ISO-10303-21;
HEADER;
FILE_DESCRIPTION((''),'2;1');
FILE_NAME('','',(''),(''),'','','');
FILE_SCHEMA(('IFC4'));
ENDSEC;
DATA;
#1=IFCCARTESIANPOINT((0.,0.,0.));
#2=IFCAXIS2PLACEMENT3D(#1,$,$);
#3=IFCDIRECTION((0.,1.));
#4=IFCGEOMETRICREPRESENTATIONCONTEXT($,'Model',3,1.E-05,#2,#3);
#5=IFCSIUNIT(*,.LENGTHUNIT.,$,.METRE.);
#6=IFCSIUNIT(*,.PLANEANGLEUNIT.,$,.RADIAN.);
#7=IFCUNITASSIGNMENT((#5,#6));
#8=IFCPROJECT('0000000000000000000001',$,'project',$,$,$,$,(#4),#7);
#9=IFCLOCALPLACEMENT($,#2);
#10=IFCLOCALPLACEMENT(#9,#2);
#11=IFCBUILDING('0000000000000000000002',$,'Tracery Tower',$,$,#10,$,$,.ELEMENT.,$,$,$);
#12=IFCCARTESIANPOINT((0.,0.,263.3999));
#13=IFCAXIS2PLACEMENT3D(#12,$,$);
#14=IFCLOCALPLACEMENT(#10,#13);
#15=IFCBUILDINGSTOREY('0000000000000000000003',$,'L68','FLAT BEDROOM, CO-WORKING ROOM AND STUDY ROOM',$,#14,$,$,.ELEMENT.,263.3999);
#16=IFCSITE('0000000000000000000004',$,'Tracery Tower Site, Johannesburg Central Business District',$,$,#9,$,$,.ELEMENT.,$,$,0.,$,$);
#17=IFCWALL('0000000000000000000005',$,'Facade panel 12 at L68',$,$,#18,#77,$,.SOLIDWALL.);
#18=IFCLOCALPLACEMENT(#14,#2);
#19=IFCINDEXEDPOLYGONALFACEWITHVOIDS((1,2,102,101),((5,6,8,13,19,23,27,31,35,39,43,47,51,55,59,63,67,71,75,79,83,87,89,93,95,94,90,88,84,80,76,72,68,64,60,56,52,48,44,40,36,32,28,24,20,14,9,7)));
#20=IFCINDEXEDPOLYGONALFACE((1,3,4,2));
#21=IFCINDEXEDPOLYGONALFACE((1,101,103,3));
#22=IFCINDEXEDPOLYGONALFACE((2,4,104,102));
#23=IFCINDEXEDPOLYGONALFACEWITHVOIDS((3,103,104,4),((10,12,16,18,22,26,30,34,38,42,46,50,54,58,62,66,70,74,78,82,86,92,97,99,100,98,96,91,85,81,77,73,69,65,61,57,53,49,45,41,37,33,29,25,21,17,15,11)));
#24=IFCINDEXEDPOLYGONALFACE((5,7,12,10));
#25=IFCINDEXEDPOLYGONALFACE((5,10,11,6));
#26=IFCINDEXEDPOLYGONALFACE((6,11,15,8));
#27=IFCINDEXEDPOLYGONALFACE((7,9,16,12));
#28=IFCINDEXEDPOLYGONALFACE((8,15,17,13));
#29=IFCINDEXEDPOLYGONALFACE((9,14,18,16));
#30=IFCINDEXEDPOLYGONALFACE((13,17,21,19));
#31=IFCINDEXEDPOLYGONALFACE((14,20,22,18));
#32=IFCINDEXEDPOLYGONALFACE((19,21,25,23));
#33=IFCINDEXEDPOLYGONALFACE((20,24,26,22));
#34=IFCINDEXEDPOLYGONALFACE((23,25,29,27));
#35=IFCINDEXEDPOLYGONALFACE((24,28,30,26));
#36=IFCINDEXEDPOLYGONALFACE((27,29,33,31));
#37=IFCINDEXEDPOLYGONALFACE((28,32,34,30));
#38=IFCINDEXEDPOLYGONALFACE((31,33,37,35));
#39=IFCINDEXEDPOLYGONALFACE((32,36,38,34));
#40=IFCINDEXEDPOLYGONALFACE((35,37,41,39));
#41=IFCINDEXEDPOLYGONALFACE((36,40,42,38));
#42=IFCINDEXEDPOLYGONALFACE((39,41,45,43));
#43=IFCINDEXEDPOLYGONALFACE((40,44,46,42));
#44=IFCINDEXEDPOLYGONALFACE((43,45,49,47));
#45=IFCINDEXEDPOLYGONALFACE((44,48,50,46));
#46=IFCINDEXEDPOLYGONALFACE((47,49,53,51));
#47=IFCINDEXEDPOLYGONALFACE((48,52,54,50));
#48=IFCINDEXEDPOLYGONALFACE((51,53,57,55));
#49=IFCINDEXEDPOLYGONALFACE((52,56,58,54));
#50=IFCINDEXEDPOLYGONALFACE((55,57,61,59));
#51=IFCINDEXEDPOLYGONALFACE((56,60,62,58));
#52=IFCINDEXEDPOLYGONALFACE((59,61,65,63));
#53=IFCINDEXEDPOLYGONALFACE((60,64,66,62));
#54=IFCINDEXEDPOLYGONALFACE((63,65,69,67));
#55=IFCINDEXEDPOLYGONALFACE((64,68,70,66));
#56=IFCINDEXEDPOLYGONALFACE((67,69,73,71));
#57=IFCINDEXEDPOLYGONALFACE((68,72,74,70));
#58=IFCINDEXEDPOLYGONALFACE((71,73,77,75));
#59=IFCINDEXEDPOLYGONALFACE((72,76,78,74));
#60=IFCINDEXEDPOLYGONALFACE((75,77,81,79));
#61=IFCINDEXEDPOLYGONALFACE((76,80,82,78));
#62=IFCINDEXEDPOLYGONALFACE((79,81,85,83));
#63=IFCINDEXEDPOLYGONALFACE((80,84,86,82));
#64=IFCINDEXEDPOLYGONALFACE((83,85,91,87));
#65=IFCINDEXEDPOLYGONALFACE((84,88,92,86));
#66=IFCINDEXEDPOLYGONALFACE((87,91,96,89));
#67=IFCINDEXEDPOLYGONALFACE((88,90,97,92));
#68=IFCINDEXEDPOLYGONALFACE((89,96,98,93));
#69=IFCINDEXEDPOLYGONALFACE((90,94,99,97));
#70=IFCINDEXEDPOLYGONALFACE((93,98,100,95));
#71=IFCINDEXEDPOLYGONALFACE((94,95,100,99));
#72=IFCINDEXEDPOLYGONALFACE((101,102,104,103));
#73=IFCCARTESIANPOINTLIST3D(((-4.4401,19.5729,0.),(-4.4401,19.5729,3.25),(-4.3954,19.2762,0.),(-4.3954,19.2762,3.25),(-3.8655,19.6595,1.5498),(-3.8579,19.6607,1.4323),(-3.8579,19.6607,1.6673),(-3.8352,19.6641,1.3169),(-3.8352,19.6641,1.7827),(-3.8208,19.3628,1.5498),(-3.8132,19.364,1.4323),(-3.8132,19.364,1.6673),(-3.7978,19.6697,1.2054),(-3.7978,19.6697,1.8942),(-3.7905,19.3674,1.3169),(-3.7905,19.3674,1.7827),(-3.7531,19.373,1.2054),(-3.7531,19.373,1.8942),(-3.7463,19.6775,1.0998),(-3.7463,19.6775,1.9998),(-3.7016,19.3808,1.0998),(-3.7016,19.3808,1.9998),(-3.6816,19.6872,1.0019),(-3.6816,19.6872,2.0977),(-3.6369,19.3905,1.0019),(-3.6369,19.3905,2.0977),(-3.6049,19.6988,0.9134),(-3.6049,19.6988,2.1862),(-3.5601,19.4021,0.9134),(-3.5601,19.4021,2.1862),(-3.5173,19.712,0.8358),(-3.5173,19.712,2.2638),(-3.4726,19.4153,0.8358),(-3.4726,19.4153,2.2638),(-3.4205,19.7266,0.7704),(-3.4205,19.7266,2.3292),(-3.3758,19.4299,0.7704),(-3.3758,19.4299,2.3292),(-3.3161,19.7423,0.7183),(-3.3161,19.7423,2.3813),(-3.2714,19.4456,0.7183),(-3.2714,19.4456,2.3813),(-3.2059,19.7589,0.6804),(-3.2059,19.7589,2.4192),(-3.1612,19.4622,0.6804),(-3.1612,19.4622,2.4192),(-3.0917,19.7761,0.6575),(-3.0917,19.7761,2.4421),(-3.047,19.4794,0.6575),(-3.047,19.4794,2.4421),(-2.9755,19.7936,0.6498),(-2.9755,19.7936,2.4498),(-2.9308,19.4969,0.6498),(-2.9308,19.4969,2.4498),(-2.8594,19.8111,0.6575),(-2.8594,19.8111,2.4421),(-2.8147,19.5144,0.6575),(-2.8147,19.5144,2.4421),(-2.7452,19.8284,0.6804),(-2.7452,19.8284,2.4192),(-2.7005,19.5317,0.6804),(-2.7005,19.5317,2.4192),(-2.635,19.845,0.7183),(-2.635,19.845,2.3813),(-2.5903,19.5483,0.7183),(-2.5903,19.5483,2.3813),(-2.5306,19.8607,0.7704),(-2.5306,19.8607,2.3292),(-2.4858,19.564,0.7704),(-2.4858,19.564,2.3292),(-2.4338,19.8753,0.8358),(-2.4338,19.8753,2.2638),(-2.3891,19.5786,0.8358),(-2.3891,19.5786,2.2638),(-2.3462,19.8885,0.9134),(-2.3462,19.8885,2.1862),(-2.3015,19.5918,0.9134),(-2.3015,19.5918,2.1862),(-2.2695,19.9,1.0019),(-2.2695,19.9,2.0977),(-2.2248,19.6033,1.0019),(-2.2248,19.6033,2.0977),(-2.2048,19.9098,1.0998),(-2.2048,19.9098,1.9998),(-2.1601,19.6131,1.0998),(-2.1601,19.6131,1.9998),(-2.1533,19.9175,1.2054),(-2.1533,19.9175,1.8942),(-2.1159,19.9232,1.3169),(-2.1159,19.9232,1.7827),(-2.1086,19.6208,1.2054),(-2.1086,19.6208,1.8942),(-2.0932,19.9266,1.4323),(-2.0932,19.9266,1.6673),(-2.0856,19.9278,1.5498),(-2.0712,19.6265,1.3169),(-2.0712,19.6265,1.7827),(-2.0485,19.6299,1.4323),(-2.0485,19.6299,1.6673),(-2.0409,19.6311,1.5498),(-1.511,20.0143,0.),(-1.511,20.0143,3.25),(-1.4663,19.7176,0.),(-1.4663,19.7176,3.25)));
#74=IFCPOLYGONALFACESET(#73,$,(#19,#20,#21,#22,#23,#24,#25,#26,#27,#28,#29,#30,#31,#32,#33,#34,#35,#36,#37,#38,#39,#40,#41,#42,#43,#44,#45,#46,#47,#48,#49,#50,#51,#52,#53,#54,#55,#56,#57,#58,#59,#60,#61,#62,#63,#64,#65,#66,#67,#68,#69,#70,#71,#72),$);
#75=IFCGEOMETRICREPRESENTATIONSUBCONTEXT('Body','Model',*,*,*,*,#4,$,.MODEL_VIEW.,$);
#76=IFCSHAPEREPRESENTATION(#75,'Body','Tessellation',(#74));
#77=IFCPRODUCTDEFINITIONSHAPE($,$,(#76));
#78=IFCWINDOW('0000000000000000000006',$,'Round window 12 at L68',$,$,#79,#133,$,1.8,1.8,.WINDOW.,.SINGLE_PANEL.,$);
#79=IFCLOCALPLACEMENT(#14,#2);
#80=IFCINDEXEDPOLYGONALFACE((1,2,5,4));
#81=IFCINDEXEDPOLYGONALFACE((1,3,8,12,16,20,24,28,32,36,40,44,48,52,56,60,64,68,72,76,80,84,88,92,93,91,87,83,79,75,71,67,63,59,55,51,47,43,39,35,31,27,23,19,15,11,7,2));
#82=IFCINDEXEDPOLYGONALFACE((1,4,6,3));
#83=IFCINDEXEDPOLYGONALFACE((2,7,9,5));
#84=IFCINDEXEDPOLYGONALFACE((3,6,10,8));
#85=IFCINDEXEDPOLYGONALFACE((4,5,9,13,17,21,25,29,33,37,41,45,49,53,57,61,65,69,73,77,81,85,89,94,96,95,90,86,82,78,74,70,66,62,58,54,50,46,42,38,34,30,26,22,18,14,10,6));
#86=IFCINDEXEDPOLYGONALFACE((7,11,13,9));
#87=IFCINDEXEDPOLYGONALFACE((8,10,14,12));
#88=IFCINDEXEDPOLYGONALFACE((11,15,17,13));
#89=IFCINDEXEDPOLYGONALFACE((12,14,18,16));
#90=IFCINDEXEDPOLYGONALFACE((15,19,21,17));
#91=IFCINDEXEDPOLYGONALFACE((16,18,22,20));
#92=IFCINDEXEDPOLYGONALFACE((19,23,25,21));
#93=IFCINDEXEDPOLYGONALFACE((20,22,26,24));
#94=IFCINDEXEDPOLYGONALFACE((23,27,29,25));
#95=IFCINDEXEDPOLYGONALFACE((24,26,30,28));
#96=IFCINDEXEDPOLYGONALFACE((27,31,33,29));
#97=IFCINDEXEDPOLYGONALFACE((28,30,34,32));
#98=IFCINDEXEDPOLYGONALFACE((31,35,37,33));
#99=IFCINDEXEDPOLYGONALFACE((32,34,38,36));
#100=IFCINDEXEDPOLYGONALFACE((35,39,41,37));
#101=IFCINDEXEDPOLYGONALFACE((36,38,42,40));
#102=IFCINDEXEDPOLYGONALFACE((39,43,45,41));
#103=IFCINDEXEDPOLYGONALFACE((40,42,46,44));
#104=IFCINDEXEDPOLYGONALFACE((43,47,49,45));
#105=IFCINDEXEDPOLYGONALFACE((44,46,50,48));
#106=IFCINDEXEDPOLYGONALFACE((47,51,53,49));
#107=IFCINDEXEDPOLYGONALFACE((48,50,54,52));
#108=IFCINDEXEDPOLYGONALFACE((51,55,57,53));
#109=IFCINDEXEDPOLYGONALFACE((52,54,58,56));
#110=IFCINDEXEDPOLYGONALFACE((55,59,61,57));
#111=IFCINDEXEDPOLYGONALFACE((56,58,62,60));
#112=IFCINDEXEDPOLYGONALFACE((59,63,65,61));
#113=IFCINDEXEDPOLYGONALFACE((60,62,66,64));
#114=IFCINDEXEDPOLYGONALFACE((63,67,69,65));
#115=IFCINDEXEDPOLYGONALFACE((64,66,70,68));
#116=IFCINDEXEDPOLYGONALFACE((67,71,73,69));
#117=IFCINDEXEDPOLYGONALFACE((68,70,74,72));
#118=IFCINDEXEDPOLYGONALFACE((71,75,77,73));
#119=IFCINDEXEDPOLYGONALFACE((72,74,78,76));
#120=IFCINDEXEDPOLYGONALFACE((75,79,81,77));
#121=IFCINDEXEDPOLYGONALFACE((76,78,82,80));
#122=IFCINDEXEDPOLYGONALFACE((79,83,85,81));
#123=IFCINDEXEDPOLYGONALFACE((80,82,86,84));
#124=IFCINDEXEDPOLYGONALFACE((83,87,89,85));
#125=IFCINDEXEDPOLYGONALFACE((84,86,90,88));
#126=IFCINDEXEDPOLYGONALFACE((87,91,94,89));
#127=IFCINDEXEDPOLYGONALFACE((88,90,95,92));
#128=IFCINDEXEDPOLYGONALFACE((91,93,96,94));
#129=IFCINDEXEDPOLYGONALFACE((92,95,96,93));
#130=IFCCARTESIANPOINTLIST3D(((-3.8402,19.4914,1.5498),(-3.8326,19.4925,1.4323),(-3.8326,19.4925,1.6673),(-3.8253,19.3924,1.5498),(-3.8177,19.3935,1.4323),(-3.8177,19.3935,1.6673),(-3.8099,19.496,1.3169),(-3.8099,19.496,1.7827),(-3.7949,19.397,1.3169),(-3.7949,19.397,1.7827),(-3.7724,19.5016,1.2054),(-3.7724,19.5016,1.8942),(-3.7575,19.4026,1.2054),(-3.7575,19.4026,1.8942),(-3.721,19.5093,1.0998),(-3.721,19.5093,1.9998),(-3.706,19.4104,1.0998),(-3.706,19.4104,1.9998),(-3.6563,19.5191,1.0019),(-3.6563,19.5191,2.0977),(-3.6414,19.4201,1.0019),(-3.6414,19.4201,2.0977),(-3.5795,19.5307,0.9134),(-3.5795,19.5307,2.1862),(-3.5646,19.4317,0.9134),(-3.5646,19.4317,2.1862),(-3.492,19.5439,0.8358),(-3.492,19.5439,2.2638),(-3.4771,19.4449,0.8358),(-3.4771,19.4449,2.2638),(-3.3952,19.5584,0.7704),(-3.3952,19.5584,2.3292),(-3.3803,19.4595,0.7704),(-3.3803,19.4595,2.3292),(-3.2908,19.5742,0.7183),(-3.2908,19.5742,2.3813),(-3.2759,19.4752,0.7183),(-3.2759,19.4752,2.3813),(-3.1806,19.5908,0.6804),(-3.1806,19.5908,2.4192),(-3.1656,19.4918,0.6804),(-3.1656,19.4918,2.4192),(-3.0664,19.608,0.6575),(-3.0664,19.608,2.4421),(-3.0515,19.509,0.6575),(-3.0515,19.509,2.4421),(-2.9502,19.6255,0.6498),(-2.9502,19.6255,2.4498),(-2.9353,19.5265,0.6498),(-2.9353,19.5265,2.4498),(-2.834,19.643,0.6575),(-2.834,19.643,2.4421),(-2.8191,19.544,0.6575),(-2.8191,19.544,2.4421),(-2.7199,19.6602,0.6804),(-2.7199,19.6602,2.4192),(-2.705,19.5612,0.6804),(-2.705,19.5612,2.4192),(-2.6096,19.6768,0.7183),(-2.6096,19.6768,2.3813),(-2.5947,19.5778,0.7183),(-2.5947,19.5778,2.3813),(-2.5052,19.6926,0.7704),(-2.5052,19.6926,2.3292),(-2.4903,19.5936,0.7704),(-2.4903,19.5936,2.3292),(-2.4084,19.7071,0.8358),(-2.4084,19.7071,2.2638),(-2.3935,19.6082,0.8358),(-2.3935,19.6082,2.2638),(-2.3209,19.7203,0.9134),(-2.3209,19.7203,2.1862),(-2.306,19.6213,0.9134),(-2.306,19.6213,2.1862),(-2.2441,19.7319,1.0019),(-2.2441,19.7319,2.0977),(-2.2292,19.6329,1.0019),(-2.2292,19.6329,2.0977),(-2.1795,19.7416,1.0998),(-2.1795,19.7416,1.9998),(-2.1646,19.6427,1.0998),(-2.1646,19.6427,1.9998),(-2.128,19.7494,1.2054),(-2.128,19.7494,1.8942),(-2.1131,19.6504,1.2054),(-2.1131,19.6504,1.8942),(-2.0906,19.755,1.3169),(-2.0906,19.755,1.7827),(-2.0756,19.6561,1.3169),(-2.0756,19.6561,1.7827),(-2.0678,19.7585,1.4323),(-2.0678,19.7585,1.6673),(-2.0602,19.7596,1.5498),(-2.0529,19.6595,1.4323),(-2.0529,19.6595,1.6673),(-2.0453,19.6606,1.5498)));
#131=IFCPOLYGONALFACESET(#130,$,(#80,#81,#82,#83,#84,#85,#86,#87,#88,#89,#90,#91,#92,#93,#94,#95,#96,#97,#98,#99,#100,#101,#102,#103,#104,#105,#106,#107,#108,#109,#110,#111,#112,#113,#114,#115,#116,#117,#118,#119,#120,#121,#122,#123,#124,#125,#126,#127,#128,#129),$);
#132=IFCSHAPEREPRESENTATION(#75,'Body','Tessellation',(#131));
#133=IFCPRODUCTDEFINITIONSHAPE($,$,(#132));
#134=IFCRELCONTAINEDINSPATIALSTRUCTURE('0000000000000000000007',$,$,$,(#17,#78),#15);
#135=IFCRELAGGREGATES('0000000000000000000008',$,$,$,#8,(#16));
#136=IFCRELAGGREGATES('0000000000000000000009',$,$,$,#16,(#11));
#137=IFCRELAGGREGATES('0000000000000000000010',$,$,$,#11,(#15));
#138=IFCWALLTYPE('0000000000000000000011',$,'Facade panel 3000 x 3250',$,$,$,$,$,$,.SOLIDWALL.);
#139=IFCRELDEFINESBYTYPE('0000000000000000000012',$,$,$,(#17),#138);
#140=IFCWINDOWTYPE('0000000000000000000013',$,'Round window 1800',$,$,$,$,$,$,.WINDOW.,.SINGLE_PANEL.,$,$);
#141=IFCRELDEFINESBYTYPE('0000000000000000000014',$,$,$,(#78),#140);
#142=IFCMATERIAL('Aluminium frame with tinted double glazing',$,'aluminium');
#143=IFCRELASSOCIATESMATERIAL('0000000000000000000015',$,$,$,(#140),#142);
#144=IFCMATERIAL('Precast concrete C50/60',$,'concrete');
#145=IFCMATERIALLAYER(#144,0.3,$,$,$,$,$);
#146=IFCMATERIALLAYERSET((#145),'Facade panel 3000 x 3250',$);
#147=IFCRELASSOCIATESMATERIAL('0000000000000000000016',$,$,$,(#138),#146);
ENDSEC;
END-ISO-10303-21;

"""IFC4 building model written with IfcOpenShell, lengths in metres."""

from ifc_helpers import new_model, si_unit, direction, frame, frame_2d, origin, origin_2d, place, context, subcontext, project, spatial, rectangle, circle, extrude, material, layer, layer_set, type_object, element, fill, save


model = new_model("IFC4")

# Units and contexts
model_context = context("Model", 3, precision=1e-05, world=origin(), true_north=direction((0.0, 1.0)))
body_context = subcontext(model_context, "Body", "Model", "MODEL_VIEW")
ifc_project = project(units=[si_unit("LENGTHUNIT", "METRE"), si_unit("PLANEANGLEUNIT", "RADIAN")], contexts=[model_context])

# Site, building, storey
site_placement = place(None, origin())
site = spatial("IfcSite", under=ifc_project, at=site_placement, Name="Tracery Tower Site, Johannesburg Central Business District", CompositionType="ELEMENT", RefElevation=0.0)
building_placement = place(site_placement, origin())
building = spatial("IfcBuilding", under=site, at=building_placement, Name="Tracery Tower", CompositionType="ELEMENT")
storey_placement = place(building_placement, frame((0.0, 0.0, 263.3999)))
storey = spatial("IfcBuildingStorey", under=building, at=storey_placement, Name="L68", Description="FLAT BEDROOM, CO-WORKING ROOM AND STUDY ROOM", CompositionType="ELEMENT", Elevation=263.3999)

# Wall, opening, window
ifc_material_1 = material(Name="Aluminium frame with tinted double glazing", Category="aluminium")
window_type = type_object("IfcWindowType", Name="Round window 1800", PartitioningType="SINGLE_PANEL", PredefinedType="WINDOW", material=ifc_material_1)
ifc_material_2 = material(Name="Precast concrete C50/60", Category="concrete")
ifc_layer_1 = layer(ifc_material_2, 0.3)
ifc_layer_set_1 = layer_set([ifc_layer_1], Name="Facade panel 3000 x 3250")
wall_type_1 = type_object("IfcWallType", Name="Facade panel 3000 x 3250", PredefinedType="SOLIDWALL", material=ifc_layer_set_1)
wall_1_placement = place(storey_placement, frame((-1.4888, 19.866, 0.0), z_axis=(0.0, 0.0, 1.0), x_axis=(-0.988836, -0.149009, 0.0)))
wall_1 = element("IfcWall", 1, at=wall_1_placement, inside=storey, type_object=wall_type_1, Name="Facade panel 12 at L68", PredefinedType="SOLIDWALL", context=body_context, shape_type="SweptSolid", body=[
    extrude(rectangle(XDim=2.9622, YDim=0.3, at=frame_2d((1.481, 0.0))), origin(), (0.0, 0.0, 1.0), 3.25),
])
opening_1_placement = place(wall_1_placement, frame((1.481, 0.0, 1.5498)))
opening_1 = element("IfcOpeningElement", 2, at=opening_1_placement, cuts=wall_1, PredefinedType="OPENING", context=body_context, shape_type="SweptSolid", body=[
    extrude(circle(Radius=0.9, at=origin_2d()), frame((0.0, 0.1599, 0.0), z_axis=(0.0, -1.0, 0.0), x_axis=(1.0, 0.0, 0.0)), (0.0, 0.0, 1.0), 0.3201),
])
window_1_placement = place(opening_1_placement, origin())
window_1 = element("IfcWindow", 3, at=window_1_placement, inside=storey, type_object=window_type, Name="Round window 12 at L68", OverallHeight=1.8, OverallWidth=1.8, PartitioningType="SINGLE_PANEL", PredefinedType="WINDOW", context=body_context, shape_type="SweptSolid", body=[
    extrude(circle(Radius=0.9, at=origin_2d()), frame((0.0, 0.1201, 0.0), z_axis=(0.0, -1.0, 0.0), x_axis=(1.0, 0.0, 0.0)), (0.0, 0.0, 1.0), 0.1001),
])
fill(opening_1, window_1)

save(model, "model.ifc")
